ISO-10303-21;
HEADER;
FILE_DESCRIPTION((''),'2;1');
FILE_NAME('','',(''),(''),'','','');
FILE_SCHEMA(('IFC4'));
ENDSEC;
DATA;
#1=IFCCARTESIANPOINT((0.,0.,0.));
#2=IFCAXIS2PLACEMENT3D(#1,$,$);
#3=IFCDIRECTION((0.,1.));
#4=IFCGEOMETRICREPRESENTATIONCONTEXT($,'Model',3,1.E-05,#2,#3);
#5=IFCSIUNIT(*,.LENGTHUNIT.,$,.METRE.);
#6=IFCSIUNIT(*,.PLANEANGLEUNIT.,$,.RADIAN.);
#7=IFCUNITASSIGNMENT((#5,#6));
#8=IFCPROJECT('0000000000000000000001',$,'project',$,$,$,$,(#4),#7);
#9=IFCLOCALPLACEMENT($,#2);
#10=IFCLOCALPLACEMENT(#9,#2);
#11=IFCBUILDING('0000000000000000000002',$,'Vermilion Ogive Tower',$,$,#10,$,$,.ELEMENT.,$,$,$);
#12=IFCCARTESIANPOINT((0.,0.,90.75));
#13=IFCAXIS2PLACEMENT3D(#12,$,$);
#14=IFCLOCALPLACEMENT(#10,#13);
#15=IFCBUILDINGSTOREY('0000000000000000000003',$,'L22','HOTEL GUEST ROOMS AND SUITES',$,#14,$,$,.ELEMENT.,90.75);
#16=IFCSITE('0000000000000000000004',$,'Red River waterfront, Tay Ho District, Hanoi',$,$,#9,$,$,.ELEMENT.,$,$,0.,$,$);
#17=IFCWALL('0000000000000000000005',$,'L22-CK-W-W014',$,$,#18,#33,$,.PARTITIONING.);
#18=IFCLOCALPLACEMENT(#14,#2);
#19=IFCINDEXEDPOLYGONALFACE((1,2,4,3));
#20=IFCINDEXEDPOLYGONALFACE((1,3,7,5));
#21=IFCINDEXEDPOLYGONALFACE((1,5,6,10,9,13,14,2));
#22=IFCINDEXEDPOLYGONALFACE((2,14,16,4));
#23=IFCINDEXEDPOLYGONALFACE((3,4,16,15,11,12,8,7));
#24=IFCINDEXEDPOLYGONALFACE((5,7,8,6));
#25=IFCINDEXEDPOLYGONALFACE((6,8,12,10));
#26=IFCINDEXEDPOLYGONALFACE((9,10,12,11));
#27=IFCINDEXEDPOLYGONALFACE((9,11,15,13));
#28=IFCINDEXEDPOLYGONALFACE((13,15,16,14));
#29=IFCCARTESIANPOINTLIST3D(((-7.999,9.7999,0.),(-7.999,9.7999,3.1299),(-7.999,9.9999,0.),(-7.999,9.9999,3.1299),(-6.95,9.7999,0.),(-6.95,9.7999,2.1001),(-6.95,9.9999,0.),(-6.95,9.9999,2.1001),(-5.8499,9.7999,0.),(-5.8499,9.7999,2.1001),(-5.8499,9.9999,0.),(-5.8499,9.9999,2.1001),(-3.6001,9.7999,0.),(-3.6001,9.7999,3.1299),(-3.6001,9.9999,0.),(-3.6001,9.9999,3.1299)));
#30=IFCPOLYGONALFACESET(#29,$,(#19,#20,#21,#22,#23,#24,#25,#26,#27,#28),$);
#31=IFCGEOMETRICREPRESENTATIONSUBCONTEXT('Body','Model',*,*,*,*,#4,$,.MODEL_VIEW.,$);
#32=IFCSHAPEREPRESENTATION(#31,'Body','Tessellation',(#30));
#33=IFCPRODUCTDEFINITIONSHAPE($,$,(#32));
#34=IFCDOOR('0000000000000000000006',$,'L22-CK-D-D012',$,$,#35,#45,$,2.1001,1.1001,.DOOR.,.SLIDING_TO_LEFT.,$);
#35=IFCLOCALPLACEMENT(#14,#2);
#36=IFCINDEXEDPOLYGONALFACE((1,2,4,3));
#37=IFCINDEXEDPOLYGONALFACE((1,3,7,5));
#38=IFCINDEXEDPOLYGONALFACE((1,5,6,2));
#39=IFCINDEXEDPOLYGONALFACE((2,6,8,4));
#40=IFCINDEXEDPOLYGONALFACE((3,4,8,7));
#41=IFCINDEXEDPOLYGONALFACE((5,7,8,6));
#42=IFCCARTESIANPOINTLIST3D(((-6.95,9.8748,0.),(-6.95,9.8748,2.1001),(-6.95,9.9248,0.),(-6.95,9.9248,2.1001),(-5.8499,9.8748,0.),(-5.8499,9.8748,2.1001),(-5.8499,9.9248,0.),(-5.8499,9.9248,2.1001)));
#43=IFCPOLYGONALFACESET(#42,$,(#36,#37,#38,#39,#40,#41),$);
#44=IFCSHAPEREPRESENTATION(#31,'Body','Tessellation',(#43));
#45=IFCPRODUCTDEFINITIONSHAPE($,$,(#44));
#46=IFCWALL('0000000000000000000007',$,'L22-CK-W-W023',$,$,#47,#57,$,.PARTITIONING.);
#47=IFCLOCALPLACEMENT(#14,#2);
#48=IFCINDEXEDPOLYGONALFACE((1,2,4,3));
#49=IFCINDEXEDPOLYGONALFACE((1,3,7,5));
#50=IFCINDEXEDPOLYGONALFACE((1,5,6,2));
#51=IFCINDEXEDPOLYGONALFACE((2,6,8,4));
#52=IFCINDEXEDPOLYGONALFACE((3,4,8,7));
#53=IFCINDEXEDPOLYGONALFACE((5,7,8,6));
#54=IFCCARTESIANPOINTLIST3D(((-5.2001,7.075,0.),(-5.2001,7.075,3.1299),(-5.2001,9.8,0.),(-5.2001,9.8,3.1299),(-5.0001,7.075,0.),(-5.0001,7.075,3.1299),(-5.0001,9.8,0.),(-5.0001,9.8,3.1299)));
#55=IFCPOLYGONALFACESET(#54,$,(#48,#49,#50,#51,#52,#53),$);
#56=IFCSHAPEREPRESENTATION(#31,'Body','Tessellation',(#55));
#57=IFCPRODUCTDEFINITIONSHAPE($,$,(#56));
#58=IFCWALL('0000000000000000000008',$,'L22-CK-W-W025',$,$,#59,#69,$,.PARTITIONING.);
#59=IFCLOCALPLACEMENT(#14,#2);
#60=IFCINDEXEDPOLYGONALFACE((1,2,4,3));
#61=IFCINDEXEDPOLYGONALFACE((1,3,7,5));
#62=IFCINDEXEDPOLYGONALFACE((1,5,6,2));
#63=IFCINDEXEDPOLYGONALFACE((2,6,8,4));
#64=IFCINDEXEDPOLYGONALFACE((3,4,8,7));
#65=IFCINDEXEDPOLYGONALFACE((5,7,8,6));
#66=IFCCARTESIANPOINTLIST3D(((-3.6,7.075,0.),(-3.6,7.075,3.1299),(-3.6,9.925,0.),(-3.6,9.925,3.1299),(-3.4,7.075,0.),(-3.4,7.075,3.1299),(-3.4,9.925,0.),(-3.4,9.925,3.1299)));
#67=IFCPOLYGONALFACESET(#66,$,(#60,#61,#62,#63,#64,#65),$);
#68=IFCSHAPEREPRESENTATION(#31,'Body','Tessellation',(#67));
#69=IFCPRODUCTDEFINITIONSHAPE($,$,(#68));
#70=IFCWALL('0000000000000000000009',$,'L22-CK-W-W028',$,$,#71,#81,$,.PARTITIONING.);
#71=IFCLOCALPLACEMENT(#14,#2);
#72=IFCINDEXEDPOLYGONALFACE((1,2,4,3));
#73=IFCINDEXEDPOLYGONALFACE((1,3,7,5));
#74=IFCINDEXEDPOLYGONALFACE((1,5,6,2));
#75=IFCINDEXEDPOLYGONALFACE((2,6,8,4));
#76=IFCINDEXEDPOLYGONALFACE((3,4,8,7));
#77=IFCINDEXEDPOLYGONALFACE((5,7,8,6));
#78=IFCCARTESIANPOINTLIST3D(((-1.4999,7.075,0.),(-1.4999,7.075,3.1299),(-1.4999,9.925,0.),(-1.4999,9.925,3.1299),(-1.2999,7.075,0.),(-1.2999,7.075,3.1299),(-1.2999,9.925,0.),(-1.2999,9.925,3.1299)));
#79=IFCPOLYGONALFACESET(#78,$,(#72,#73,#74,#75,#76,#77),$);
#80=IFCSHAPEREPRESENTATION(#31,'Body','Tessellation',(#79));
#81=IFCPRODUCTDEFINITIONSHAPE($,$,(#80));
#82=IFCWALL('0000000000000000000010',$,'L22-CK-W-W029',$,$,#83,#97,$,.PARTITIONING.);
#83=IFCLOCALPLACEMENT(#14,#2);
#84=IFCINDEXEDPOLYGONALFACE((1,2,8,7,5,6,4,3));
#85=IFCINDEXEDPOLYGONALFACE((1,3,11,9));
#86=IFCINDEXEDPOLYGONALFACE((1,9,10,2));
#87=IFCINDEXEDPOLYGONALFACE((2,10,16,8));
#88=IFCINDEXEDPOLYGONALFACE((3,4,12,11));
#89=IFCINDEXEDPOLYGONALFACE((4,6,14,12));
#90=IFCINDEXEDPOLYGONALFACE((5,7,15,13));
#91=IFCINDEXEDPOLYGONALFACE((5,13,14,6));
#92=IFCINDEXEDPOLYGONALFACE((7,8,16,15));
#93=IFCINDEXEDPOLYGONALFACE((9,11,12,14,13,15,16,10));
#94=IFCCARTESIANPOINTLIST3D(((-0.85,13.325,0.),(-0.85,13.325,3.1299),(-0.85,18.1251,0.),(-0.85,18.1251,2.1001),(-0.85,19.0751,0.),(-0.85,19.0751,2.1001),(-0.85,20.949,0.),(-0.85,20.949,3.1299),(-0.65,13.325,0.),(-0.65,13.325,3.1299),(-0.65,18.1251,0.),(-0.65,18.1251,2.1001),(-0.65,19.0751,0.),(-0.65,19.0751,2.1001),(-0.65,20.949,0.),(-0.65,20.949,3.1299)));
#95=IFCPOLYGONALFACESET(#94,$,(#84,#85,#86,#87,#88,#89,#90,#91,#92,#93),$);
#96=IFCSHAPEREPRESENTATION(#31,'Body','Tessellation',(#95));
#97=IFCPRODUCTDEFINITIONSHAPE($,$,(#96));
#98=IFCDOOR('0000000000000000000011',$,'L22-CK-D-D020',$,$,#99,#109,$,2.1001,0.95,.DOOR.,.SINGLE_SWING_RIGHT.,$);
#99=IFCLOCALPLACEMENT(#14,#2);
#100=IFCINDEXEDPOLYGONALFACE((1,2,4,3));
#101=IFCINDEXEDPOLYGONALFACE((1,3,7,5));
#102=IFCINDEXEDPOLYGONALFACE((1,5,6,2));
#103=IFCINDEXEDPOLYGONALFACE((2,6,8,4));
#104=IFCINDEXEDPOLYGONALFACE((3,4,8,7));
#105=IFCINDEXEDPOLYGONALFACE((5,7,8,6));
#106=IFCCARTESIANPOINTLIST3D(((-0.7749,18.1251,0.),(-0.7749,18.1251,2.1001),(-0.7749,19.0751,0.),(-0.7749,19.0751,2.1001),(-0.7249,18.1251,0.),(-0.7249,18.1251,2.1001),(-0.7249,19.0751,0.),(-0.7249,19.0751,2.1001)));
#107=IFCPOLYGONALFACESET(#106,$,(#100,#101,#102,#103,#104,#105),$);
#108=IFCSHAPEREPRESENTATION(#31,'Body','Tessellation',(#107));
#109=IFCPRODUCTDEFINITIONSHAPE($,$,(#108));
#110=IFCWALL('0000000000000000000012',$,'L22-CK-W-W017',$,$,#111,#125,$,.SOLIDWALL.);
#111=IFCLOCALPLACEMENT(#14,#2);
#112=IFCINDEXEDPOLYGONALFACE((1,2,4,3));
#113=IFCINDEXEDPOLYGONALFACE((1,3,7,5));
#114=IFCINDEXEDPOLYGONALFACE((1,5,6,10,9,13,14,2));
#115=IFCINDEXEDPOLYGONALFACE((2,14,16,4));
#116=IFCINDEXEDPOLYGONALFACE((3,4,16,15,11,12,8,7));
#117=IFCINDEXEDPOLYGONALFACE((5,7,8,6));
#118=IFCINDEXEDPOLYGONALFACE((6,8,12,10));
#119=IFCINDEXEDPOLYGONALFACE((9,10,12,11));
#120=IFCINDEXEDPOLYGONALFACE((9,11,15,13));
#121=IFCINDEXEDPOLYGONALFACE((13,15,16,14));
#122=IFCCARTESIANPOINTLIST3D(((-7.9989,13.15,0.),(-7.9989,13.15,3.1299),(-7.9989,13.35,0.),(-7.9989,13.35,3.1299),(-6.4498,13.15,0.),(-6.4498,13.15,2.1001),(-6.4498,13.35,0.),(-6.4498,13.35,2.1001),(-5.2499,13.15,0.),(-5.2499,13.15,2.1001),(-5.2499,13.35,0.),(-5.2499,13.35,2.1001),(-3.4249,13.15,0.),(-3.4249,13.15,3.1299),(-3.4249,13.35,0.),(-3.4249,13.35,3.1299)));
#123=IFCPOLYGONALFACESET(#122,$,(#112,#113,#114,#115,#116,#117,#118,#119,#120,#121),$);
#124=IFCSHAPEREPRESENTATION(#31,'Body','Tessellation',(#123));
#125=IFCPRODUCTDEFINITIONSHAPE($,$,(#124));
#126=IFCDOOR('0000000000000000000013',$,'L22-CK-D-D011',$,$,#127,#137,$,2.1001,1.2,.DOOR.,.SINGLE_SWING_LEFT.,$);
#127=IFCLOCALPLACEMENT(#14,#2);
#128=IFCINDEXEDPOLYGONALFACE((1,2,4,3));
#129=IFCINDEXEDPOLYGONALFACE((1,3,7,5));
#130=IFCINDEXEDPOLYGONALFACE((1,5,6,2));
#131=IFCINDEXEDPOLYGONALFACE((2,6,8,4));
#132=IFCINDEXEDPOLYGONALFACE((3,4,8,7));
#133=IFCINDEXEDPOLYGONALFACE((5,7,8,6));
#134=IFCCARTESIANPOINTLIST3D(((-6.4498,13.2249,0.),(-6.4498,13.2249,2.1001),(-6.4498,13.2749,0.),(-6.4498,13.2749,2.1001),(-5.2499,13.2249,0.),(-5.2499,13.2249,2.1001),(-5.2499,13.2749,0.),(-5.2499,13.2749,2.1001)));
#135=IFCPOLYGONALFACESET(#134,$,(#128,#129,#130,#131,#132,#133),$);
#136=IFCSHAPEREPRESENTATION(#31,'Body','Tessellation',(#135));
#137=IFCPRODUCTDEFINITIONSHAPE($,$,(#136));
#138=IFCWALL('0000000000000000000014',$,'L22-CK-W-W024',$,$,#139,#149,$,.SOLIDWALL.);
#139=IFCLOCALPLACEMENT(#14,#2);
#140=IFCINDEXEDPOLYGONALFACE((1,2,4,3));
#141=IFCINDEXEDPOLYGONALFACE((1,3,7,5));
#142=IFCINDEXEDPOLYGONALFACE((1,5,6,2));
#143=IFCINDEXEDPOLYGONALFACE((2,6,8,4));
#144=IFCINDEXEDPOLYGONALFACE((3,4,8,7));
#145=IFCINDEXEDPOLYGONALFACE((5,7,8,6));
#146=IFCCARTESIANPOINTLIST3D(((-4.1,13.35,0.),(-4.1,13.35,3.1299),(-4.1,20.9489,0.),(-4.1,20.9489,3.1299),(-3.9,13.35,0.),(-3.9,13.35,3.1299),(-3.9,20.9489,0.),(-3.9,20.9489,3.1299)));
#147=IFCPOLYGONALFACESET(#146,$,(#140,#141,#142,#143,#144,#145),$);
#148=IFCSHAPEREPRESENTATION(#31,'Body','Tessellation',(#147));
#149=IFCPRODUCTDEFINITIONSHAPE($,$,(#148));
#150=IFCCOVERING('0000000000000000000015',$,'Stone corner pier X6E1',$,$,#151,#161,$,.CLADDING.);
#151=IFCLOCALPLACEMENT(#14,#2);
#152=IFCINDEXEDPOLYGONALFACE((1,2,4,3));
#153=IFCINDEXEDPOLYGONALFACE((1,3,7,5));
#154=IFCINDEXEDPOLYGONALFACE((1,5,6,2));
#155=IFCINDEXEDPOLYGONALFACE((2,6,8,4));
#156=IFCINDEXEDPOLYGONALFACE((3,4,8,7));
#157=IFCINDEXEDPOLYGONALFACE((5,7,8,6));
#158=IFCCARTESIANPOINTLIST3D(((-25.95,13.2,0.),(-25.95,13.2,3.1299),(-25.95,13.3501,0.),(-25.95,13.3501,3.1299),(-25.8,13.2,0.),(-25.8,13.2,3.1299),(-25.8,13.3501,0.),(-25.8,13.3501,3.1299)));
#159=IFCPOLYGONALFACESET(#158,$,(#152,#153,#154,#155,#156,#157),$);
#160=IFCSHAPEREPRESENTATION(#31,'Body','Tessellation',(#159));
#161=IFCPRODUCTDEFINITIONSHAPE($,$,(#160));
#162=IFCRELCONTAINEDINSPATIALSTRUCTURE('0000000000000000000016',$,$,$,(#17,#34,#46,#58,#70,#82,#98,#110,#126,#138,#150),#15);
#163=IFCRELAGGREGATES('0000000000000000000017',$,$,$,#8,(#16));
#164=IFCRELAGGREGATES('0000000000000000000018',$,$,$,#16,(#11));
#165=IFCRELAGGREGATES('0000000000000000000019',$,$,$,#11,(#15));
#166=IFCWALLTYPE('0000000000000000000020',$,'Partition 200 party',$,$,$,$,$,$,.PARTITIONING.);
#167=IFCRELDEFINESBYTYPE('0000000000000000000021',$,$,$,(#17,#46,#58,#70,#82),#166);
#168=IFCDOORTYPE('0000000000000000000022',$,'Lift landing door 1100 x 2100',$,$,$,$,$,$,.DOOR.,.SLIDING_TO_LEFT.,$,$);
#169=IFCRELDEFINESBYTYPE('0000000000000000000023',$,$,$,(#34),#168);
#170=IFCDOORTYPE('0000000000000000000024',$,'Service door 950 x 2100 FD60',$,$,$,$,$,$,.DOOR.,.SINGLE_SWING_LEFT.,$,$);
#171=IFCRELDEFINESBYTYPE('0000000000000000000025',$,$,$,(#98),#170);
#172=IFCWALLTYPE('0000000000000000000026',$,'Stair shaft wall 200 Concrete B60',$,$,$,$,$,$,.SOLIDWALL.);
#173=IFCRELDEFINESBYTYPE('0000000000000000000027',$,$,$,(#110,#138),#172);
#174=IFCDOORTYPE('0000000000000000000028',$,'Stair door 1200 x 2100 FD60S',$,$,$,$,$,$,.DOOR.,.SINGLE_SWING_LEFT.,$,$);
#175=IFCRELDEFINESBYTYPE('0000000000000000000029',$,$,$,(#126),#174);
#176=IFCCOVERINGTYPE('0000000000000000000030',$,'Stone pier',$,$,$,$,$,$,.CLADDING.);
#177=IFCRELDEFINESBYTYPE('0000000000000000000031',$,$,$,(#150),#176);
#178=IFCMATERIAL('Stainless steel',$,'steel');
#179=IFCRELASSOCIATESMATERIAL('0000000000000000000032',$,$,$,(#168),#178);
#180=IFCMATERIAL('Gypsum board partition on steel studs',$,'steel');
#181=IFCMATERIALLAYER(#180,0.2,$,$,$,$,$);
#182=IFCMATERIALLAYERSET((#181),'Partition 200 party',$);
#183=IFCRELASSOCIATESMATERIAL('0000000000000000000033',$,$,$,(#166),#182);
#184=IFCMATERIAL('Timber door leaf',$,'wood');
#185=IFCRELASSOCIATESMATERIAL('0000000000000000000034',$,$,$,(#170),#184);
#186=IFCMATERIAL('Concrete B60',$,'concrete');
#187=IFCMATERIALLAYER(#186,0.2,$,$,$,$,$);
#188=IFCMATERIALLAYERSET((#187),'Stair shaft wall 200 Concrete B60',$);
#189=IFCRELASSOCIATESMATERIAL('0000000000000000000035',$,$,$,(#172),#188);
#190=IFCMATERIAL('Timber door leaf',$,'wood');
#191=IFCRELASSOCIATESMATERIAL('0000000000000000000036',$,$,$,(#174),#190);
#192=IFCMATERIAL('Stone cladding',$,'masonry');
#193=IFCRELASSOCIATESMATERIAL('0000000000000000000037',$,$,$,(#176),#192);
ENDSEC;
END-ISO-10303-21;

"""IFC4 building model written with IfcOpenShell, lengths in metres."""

from ifc_helpers import new_model, si_unit, direction, frame, frame_2d, origin, place, context, subcontext, project, spatial, polyline, rectangle, outline, extrude, material, layer, layer_set, type_object, element, fill, save


model = new_model("IFC4")

# Units and contexts
model_context = context("Model", 3, precision=1e-05, world=origin(), true_north=direction((0.0, 1.0)))
body_context = subcontext(model_context, "Body", "Model", "MODEL_VIEW")
ifc_project = project(units=[si_unit("LENGTHUNIT", "METRE"), si_unit("PLANEANGLEUNIT", "RADIAN")], contexts=[model_context])

# Site, building, storey
site_placement = place(None, origin())
site = spatial("IfcSite", under=ifc_project, at=site_placement, Name="Red River waterfront, Tay Ho District, Hanoi", CompositionType="ELEMENT", RefElevation=0.0)
building_placement = place(site_placement, origin())
building = spatial("IfcBuilding", under=site, at=building_placement, Name="Vermilion Ogive Tower", CompositionType="ELEMENT")
storey_placement = place(building_placement, frame((0.0, 0.0, 90.75)))
storey = spatial("IfcBuildingStorey", under=building, at=storey_placement, Name="L22", Description="HOTEL GUEST ROOMS AND SUITES", CompositionType="ELEMENT", Elevation=90.75)

# Shared definitions
ifc_material_1 = material(Name="Stainless steel", Category="steel")
door_type_1 = type_object("IfcDoorType", Name="Lift landing door 1100 x 2100", OperationType="SLIDING_TO_LEFT", PredefinedType="DOOR", material=ifc_material_1)

# Shared definitions
ifc_material_2 = material(Name="Gypsum board partition on steel studs", Category="steel")
ifc_layer_1 = layer(ifc_material_2, 0.2)
ifc_layer_set_1 = layer_set([ifc_layer_1], Name="Partition 200 party")
wall_type_1 = type_object("IfcWallType", Name="Partition 200 party", PredefinedType="PARTITIONING", material=ifc_layer_set_1)

# Wall, opening, door
wall_1_placement = place(storey_placement, frame((-7.999, 9.8999, 0.0), z_axis=(0.0, 0.0, 1.0), x_axis=(1.0, 0.0, 0.0)))
wall_1 = element("IfcWall", 1, at=wall_1_placement, inside=storey, type_object=wall_type_1, Name="L22-CK-W-W014", PredefinedType="PARTITIONING", context=body_context, shape_type="SweptSolid", body=[
    extrude(rectangle(XDim=4.3989, YDim=0.2, at=frame_2d((2.1995, 0.0))), origin(), (0.0, 0.0, 1.0), 3.1299),
])
opening_1_placement = place(wall_1_placement, frame((1.0491, 0.0, 0.0)))
opening_1 = element("IfcOpeningElement", 2, at=opening_1_placement, cuts=wall_1, PredefinedType="OPENING", context=body_context, shape_type="SweptSolid", body=[
    extrude(rectangle(XDim=1.1001, YDim=2.1001, at=frame_2d((0.55, 1.05))), frame((0.0, 0.1099, 0.0), z_axis=(0.0, -1.0, 0.0), x_axis=(1.0, 0.0, 0.0)), (0.0, 0.0, 1.0), 0.22),
])
door_1_placement = place(opening_1_placement, origin())
door_1 = element("IfcDoor", 3, at=door_1_placement, inside=storey, type_object=door_type_1, Name="L22-CK-D-D012", OperationType="SLIDING_TO_LEFT", OverallHeight=2.1001, OverallWidth=1.1001, PredefinedType="DOOR", context=body_context, shape_type="SweptSolid", body=[
    extrude(rectangle(XDim=1.1001, YDim=2.1001, at=frame_2d((0.55, 1.05))), frame((0.0, 0.0249, 0.0), z_axis=(0.0, -1.0, 0.0), x_axis=(1.0, 0.0, 0.0)), (0.0, 0.0, 1.0), 0.05),
])
fill(opening_1, door_1)

# Walls
wall_2_placement = place(storey_placement, frame((-5.1001, 7.075, 0.0), z_axis=(0.0, 0.0, 1.0), x_axis=(0.0, 1.0, 0.0)))
element("IfcWall", 4, at=wall_2_placement, inside=storey, type_object=wall_type_1, Name="L22-CK-W-W023", PredefinedType="PARTITIONING", context=body_context, shape_type="SweptSolid", body=[
    extrude(rectangle(XDim=2.7251, YDim=0.2, at=frame_2d((1.3625, 0.0))), origin(), (0.0, 0.0, 1.0), 3.1299),
])
for number, where, z_axis, x_axis, name in (
    (5, (-3.5, 7.075, 0.0), (0.0, 0.0, 1.0), (0.0, 1.0, 0.0), "L22-CK-W-W025"),
    (6, (-1.3999, 7.075, 0.0), (0.0, 0.0, 1.0), (0.0, 1.0, 0.0), "L22-CK-W-W028"),
):
    element("IfcWall", number, at=place(storey_placement, frame(where, z_axis=z_axis, x_axis=x_axis)), inside=storey, type_object=wall_type_1, Name=name, PredefinedType="PARTITIONING", context=body_context, shape_type="SweptSolid", body=[
        extrude(rectangle(XDim=2.8501, YDim=0.2, at=frame_2d((1.425, 0.0))), origin(), (0.0, 0.0, 1.0), 3.1299),
    ])

# Walls, openings, doors
wall_3_placement = place(storey_placement, frame((-0.75, 13.325, 0.0), z_axis=(0.0, 0.0, 1.0), x_axis=(0.0, 1.0, 0.0)))
wall_3 = element("IfcWall", 7, at=wall_3_placement, inside=storey, type_object=wall_type_1, Name="L22-CK-W-W029", PredefinedType="PARTITIONING", context=body_context, shape_type="SweptSolid", body=[
    extrude(rectangle(XDim=7.624, YDim=0.2, at=frame_2d((3.812, 0.0))), origin(), (0.0, 0.0, 1.0), 3.1299),
])
opening_2_placement = place(wall_3_placement, frame((4.8, 0.0, 0.0)))
opening_2 = element("IfcOpeningElement", 8, at=opening_2_placement, cuts=wall_3, PredefinedType="OPENING", context=body_context, shape_type="SweptSolid", body=[
    extrude(rectangle(XDim=0.95, YDim=2.1001, at=frame_2d((0.4751, 1.05))), frame((0.0, 0.1099, 0.0), z_axis=(0.0, -1.0, 0.0), x_axis=(1.0, 0.0, 0.0)), (0.0, 0.0, 1.0), 0.22),
])
ifc_material_3 = material(Name="Timber door leaf", Category="wood")
door_type_2 = type_object("IfcDoorType", Name="Service door 950 x 2100 FD60", OperationType="SINGLE_SWING_LEFT", PredefinedType="DOOR", material=ifc_material_3)
door_2_placement = place(opening_2_placement, origin())
door_2 = element("IfcDoor", 9, at=door_2_placement, inside=storey, type_object=door_type_2, Name="L22-CK-D-D020", OperationType="SINGLE_SWING_RIGHT", OverallHeight=2.1001, OverallWidth=0.95, PredefinedType="DOOR", context=body_context, shape_type="SweptSolid", body=[
    extrude(rectangle(XDim=0.95, YDim=2.1001, at=frame_2d((0.4751, 1.05))), frame((0.0, 0.0249, 0.0), z_axis=(0.0, -1.0, 0.0), x_axis=(1.0, 0.0, 0.0)), (0.0, 0.0, 1.0), 0.05),
])
fill(opening_2, door_2)
ifc_material_4 = material(Name="Concrete B60", Category="concrete")
ifc_layer_2 = layer(ifc_material_4, 0.2)
ifc_layer_set_2 = layer_set([ifc_layer_2], Name="Stair shaft wall 200 Concrete B60")
wall_type_2 = type_object("IfcWallType", Name="Stair shaft wall 200 Concrete B60", PredefinedType="SOLIDWALL", material=ifc_layer_set_2)
wall_4_placement = place(storey_placement, frame((-7.999, 13.25, 0.0), z_axis=(0.0, 0.0, 1.0), x_axis=(1.0, 0.0, 0.0)))
wall_4 = element("IfcWall", 10, at=wall_4_placement, inside=storey, type_object=wall_type_2, Name="L22-CK-W-W017", PredefinedType="SOLIDWALL", context=body_context, shape_type="SweptSolid", body=[
    extrude(rectangle(XDim=4.574, YDim=0.2, at=frame_2d((2.2871, 0.0))), origin(), (0.0, 0.0, 1.0), 3.1299),
])
opening_3_placement = place(wall_4_placement, frame((1.5491, 0.0, 0.0)))
opening_3 = element("IfcOpeningElement", 11, at=opening_3_placement, cuts=wall_4, PredefinedType="OPENING", context=body_context, shape_type="SweptSolid", body=[
    extrude(rectangle(XDim=1.2, YDim=2.1001, at=frame_2d((0.6001, 1.05))), frame((0.0, 0.1099, 0.0), z_axis=(0.0, -1.0, 0.0), x_axis=(1.0, 0.0, 0.0)), (0.0, 0.0, 1.0), 0.22),
])
ifc_material_5 = material(Name="Timber door leaf", Category="wood")
door_type_3 = type_object("IfcDoorType", Name="Stair door 1200 x 2100 FD60S", OperationType="SINGLE_SWING_LEFT", PredefinedType="DOOR", material=ifc_material_5)
door_3_placement = place(opening_3_placement, origin())
door_3 = element("IfcDoor", 12, at=door_3_placement, inside=storey, type_object=door_type_3, Name="L22-CK-D-D011", OperationType="SINGLE_SWING_LEFT", OverallHeight=2.1001, OverallWidth=1.2, PredefinedType="DOOR", context=body_context, shape_type="SweptSolid", body=[
    extrude(rectangle(XDim=1.2, YDim=2.1001, at=frame_2d((0.6001, 1.05))), frame((0.0, 0.0249, 0.0), z_axis=(0.0, -1.0, 0.0), x_axis=(1.0, 0.0, 0.0)), (0.0, 0.0, 1.0), 0.05),
])
fill(opening_3, door_3)

# Wall
wall_5_placement = place(storey_placement, frame((-4.0, 13.3501, 0.0), z_axis=(0.0, 0.0, 1.0), x_axis=(0.0, 1.0, 0.0)))
element("IfcWall", 13, at=wall_5_placement, inside=storey, type_object=wall_type_2, Name="L22-CK-W-W024", PredefinedType="SOLIDWALL", context=body_context, shape_type="SweptSolid", body=[
    extrude(rectangle(XDim=7.5989, YDim=0.2, at=frame_2d((3.7993, 0.0))), origin(), (0.0, 0.0, 1.0), 3.1299),
])

# Covering
ifc_material_6 = material(Name="Stone cladding", Category="masonry")
covering_type = type_object("IfcCoveringType", Name="Stone pier", PredefinedType="CLADDING", material=ifc_material_6)
covering_placement = place(storey_placement, origin())
element("IfcCovering", 14, at=covering_placement, inside=storey, type_object=covering_type, Name="Stone corner pier X6E1", PredefinedType="CLADDING", context=body_context, shape_type="SweptSolid", body=[
    extrude(outline(polyline([(-25.8, 13.3501), (-25.8, 13.2), (-25.95, 13.2), (-25.95, 13.3501), (-25.8, 13.3501)])), origin(), (0.0, 0.0, 1.0), 3.1299),
])

save(model, "model.ifc")
